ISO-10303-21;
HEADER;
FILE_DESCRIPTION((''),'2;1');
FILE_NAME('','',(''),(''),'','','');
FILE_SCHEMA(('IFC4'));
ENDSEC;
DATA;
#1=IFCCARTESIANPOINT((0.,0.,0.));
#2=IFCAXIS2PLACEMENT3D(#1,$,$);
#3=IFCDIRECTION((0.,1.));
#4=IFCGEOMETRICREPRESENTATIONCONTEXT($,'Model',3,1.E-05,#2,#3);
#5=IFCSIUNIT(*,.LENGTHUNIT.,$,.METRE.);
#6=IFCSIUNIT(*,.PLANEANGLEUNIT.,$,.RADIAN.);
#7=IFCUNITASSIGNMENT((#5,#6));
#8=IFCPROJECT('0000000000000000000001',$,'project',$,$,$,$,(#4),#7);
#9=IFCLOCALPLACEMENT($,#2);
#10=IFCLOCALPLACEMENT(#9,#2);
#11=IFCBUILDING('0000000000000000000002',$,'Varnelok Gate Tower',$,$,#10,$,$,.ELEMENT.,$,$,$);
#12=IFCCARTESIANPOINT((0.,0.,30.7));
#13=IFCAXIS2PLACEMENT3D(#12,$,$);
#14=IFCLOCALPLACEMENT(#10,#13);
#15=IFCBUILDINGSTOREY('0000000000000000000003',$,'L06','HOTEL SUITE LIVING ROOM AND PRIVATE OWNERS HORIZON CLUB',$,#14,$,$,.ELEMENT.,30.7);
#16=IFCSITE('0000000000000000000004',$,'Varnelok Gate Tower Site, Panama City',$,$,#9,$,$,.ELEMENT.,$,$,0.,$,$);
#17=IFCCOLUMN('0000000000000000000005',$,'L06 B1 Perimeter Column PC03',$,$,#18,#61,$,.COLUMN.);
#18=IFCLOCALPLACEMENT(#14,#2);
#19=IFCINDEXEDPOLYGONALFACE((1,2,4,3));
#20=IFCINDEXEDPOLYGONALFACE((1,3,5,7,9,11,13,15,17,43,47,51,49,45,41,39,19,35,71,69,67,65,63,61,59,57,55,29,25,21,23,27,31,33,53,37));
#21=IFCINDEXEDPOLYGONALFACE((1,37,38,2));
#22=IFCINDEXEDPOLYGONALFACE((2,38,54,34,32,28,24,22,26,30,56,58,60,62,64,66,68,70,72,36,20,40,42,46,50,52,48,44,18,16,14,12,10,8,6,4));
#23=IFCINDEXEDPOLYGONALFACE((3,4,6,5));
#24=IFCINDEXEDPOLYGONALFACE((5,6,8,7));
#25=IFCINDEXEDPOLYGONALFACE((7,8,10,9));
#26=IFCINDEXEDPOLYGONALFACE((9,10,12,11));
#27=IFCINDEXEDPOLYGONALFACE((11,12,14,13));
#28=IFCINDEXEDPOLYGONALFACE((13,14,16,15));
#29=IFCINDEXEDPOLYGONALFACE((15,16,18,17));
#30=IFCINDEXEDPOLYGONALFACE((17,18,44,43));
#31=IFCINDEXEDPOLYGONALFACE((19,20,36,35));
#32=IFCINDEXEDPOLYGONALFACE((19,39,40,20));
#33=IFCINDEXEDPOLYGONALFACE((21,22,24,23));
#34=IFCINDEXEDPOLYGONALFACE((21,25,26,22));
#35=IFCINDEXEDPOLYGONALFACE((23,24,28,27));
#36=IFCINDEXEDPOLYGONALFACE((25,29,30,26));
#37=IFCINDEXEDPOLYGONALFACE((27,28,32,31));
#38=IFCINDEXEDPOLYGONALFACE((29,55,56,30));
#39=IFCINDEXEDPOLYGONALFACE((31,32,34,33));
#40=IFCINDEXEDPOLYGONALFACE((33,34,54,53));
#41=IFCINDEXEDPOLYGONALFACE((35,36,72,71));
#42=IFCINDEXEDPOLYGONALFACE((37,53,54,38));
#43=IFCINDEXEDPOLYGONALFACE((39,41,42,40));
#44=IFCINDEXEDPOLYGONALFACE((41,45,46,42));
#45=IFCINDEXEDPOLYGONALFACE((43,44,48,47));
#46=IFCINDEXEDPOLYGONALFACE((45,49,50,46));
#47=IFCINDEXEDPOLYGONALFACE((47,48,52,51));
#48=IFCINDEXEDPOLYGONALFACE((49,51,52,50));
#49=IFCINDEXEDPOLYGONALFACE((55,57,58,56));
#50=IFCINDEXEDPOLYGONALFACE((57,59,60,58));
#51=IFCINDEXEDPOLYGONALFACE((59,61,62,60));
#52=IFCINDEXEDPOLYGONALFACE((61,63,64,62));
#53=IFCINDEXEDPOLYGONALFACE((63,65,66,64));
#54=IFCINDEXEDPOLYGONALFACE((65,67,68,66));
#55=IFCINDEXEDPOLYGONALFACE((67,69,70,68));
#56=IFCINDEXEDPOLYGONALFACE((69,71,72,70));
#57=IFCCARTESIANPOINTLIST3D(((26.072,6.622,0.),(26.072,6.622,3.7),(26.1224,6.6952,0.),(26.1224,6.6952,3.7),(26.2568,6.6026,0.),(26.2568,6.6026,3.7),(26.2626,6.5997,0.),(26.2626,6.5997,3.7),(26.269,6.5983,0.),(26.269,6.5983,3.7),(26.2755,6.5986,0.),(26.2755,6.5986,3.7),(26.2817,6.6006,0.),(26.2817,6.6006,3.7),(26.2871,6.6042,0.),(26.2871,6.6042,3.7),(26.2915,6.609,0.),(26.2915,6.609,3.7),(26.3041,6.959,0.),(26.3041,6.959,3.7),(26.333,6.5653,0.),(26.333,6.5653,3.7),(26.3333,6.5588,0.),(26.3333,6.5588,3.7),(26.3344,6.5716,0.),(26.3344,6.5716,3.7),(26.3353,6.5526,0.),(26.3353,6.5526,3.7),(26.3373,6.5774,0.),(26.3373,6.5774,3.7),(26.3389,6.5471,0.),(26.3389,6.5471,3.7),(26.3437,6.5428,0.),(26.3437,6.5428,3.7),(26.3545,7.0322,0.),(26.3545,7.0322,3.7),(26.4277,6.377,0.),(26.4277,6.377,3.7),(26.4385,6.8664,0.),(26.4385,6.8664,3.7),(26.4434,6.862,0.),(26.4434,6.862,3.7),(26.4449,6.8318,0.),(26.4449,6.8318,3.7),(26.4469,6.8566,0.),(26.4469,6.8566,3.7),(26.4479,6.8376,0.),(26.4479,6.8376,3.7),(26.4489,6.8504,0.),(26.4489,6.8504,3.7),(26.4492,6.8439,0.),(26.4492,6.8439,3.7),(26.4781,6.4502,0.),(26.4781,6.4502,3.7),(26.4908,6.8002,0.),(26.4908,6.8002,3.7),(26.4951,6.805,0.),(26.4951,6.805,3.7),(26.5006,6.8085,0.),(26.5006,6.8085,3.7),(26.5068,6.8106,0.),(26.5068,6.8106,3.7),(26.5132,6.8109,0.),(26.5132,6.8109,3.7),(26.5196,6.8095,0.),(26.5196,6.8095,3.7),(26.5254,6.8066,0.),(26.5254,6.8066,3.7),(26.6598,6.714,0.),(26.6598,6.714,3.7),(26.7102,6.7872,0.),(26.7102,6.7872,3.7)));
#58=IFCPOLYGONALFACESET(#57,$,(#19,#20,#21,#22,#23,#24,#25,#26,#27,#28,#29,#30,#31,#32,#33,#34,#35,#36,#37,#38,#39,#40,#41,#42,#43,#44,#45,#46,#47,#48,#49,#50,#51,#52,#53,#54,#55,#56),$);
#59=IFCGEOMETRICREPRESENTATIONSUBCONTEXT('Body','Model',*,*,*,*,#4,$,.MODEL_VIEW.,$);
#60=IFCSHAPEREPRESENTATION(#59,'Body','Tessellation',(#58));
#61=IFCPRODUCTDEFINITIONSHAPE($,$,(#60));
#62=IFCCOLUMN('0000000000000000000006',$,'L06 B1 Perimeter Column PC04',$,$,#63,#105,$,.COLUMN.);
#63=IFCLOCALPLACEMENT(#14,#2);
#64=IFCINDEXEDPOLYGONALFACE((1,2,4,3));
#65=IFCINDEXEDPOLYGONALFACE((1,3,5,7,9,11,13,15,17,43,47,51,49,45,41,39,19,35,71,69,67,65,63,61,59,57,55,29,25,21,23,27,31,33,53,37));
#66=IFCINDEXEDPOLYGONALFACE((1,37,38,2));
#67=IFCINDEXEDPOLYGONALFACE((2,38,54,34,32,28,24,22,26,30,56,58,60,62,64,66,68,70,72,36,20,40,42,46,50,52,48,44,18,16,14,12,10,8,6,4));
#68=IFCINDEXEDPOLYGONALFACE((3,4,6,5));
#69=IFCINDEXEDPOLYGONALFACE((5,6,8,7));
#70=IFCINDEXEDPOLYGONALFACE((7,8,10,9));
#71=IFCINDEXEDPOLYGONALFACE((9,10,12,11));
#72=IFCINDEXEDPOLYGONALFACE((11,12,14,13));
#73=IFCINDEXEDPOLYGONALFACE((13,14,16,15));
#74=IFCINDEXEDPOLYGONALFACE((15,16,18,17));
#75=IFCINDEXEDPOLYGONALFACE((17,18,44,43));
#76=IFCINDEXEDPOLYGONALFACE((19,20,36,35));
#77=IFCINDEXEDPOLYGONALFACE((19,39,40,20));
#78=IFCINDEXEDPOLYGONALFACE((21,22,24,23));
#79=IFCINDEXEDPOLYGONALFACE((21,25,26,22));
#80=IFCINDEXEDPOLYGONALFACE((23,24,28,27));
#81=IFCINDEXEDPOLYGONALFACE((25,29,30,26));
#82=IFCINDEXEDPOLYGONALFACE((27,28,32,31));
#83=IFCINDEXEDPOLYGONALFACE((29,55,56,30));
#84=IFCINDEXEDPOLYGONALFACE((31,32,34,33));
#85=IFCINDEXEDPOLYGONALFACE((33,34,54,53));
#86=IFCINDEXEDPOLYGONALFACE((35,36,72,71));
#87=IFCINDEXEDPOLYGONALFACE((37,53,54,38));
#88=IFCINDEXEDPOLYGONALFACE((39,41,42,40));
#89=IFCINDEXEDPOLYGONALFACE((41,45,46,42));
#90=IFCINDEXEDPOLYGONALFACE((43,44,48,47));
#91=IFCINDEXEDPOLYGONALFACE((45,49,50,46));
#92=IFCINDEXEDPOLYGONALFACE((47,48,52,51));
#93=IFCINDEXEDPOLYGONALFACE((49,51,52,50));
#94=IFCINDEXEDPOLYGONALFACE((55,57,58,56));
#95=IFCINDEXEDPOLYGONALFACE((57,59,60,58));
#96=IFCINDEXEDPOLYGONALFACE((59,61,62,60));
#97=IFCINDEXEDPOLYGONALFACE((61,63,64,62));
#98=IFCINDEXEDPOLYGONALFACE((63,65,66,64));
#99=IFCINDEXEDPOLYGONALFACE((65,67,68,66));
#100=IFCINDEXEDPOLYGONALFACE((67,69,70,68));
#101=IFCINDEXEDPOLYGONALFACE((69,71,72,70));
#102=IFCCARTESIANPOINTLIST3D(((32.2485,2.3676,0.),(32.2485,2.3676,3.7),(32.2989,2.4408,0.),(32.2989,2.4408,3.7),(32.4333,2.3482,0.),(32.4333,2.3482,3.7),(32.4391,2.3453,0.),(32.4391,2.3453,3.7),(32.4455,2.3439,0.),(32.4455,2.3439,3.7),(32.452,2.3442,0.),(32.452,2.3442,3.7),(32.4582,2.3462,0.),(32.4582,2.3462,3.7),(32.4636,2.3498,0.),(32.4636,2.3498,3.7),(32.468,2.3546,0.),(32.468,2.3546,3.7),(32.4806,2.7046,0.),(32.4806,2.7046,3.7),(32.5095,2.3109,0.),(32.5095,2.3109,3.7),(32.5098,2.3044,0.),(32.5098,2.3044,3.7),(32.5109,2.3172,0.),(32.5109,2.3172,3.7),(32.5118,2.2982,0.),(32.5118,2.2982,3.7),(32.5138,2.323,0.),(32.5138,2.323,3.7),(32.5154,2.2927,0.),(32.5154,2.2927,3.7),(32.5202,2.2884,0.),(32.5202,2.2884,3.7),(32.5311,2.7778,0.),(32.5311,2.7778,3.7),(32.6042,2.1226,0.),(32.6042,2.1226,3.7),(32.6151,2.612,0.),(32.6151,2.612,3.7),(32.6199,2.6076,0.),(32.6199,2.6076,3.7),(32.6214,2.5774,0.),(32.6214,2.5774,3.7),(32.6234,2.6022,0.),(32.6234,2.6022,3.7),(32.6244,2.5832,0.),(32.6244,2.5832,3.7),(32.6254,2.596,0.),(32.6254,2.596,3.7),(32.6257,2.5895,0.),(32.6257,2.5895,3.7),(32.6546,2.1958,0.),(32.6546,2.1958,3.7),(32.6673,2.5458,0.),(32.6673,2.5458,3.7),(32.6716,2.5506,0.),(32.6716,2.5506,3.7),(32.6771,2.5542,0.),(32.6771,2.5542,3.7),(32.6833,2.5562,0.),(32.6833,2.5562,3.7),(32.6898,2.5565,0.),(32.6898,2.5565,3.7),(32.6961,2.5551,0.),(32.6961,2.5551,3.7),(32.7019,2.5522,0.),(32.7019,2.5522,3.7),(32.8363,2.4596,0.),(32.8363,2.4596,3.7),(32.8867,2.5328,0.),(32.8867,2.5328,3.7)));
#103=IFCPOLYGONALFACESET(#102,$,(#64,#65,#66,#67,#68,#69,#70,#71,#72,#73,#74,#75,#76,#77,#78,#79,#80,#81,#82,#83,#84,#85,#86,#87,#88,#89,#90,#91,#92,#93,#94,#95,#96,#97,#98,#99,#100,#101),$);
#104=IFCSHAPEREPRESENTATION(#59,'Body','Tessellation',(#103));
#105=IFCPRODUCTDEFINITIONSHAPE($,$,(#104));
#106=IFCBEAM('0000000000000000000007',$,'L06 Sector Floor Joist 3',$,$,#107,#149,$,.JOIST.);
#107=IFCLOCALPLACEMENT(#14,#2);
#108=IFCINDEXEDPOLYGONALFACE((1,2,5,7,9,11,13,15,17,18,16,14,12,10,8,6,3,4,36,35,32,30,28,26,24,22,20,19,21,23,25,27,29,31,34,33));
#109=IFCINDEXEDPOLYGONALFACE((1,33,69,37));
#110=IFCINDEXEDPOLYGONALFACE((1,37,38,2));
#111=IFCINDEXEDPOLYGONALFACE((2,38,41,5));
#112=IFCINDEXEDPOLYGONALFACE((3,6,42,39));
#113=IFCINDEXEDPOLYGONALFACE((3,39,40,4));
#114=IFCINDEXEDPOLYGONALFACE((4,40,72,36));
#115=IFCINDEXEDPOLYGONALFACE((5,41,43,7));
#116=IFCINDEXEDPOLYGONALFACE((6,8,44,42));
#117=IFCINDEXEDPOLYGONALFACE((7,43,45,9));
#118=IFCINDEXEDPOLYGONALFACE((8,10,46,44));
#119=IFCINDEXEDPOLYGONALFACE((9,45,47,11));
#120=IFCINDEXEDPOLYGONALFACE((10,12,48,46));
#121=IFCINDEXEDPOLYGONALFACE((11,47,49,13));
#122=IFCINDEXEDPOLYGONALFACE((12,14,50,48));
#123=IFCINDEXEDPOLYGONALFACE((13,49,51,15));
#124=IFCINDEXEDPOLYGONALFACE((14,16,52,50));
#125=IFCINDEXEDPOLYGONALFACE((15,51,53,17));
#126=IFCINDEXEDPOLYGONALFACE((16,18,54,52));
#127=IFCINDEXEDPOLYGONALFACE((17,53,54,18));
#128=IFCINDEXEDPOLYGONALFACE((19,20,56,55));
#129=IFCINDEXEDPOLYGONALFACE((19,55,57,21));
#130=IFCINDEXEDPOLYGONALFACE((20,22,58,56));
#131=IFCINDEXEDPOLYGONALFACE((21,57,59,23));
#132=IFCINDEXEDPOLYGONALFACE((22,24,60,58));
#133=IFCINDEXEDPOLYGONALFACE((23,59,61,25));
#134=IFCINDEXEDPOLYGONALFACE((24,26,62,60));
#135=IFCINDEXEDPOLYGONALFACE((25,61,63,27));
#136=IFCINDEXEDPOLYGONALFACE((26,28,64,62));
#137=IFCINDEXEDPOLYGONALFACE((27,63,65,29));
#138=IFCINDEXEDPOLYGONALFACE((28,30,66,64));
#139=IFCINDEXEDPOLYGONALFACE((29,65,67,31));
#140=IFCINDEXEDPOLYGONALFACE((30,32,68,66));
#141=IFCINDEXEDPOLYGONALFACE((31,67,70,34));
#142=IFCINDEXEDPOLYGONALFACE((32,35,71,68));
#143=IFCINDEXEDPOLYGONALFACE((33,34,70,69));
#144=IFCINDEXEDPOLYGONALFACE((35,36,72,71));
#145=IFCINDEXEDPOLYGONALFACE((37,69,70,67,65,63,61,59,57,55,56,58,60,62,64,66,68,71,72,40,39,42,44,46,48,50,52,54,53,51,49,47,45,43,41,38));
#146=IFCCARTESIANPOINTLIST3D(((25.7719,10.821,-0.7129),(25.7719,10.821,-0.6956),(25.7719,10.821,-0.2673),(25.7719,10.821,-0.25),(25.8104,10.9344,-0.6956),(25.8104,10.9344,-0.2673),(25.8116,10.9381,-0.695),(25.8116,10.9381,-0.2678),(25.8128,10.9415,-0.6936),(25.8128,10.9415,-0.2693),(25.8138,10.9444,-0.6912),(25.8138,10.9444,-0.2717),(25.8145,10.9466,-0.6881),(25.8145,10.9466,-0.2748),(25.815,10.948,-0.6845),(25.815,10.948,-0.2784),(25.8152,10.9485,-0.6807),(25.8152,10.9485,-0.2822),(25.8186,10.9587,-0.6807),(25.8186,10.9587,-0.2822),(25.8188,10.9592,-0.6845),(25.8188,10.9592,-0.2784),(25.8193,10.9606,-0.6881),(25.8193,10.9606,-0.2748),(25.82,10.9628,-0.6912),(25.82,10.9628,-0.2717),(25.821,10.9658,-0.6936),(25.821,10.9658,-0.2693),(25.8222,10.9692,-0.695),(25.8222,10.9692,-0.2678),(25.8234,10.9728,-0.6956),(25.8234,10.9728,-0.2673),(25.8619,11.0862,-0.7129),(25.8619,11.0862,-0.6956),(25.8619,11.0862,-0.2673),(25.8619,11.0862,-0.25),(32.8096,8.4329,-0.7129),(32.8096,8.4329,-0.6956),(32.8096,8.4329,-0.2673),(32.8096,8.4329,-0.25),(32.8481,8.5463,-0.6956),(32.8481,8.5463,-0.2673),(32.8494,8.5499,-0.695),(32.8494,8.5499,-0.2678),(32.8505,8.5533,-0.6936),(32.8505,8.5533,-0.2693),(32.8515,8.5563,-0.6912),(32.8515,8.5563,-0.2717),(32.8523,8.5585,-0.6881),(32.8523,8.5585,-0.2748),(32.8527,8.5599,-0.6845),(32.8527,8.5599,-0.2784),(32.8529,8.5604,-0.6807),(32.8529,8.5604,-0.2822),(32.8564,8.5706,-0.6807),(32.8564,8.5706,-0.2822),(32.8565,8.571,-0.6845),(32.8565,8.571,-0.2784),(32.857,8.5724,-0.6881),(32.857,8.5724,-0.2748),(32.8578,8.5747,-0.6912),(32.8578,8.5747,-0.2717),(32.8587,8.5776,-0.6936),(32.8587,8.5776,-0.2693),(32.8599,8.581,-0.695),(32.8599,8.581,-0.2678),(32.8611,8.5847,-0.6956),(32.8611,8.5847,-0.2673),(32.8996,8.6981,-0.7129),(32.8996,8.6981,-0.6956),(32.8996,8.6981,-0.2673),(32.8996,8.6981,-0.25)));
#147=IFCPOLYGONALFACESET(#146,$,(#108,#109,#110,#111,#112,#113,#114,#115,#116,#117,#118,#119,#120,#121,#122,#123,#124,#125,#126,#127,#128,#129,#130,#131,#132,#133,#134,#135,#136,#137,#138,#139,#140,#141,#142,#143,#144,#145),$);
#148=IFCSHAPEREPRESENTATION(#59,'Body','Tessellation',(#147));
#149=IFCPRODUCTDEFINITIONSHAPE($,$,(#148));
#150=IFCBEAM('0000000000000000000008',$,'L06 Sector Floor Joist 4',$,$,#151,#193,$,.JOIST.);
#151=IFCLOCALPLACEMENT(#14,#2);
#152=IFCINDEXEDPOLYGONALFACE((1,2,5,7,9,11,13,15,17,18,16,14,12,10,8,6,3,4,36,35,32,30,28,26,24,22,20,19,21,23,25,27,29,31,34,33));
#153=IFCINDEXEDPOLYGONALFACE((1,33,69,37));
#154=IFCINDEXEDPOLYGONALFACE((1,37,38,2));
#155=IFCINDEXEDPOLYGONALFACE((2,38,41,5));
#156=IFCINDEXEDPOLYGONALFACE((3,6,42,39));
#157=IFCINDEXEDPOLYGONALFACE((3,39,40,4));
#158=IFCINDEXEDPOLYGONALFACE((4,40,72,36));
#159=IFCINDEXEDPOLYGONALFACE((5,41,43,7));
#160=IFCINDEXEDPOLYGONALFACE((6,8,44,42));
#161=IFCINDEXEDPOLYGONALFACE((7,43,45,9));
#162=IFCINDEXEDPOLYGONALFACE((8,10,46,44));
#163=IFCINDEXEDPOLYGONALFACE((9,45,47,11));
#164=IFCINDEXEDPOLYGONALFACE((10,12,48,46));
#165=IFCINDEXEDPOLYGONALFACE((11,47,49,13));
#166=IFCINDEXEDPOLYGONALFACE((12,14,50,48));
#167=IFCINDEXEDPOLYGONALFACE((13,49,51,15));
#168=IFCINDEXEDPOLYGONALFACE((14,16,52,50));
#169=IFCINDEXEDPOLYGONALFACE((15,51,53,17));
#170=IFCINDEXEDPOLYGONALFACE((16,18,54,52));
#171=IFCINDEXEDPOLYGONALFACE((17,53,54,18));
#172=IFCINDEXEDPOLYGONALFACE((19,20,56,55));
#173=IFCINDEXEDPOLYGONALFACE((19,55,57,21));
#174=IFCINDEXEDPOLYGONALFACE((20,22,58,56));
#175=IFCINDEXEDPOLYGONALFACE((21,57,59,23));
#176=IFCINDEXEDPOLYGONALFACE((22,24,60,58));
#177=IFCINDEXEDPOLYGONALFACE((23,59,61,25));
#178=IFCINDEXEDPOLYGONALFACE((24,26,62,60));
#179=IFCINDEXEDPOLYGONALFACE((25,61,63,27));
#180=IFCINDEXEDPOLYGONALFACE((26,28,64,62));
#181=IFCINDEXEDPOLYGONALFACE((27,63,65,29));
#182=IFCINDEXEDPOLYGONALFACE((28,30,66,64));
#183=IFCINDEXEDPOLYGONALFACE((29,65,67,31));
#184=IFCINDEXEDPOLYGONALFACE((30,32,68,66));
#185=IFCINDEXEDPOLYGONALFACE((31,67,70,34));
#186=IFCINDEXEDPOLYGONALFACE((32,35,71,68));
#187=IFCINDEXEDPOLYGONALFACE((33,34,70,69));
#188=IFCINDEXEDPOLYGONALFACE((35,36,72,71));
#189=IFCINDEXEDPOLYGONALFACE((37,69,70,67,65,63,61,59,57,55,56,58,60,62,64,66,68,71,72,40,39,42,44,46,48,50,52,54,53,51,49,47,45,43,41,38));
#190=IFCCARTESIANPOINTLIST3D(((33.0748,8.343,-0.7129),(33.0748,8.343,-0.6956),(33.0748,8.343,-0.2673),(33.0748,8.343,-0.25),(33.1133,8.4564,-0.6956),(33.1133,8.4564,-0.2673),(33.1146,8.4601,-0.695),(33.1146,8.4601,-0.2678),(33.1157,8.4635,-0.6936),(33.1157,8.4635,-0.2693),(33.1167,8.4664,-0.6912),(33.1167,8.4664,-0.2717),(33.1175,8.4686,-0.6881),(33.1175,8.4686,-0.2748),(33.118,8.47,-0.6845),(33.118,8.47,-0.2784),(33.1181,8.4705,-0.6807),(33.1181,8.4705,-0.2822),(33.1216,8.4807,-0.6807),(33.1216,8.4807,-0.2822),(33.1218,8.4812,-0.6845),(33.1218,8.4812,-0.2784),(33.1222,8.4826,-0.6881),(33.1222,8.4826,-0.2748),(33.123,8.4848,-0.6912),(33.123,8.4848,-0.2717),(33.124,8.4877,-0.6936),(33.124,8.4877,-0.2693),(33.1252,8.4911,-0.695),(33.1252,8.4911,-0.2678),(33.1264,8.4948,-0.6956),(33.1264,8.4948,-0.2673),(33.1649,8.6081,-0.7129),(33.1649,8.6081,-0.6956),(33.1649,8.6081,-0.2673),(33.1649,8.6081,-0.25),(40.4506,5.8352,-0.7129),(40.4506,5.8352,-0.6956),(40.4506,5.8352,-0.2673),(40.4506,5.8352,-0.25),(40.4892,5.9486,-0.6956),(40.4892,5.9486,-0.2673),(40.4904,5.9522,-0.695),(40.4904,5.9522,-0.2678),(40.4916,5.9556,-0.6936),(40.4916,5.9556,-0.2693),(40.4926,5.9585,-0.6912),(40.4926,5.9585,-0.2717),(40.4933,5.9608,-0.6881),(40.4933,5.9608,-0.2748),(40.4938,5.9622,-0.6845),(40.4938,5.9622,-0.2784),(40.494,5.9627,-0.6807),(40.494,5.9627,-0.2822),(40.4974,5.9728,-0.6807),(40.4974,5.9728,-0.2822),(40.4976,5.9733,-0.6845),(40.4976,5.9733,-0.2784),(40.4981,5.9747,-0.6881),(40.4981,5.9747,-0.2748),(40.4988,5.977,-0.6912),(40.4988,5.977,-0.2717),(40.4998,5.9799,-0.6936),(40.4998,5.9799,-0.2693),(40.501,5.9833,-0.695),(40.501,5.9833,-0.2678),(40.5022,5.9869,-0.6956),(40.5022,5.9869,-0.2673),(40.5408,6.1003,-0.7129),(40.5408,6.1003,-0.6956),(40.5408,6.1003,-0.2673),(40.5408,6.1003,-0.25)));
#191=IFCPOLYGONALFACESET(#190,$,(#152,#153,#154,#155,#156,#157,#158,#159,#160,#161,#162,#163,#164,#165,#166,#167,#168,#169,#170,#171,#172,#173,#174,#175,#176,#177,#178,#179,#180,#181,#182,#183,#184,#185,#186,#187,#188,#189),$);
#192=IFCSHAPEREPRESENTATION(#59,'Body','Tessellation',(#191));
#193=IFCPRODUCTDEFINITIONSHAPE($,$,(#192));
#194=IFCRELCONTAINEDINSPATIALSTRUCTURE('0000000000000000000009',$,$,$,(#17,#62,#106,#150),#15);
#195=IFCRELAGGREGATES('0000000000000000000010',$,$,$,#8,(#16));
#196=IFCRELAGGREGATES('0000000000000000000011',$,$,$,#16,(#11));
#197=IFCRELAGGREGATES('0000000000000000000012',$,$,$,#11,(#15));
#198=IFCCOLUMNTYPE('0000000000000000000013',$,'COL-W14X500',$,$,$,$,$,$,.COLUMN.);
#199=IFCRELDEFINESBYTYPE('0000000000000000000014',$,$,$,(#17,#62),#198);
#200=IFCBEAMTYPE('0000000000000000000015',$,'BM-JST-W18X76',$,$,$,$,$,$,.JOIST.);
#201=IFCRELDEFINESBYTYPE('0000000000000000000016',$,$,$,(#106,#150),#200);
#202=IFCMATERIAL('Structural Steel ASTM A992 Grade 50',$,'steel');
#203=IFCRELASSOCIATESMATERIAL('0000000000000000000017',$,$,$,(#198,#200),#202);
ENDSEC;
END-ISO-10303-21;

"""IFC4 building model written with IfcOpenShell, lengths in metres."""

from ifc_helpers import new_model, si_unit, direction, frame, origin, origin_2d, place, context, subcontext, project, spatial, i_section, extrude, material, material_profile, profile_set, type_object, element, save


model = new_model("IFC4")

# Units and contexts
model_context = context("Model", 3, precision=1e-05, world=origin(), true_north=direction((0.0, 1.0)))
body_context = subcontext(model_context, "Body", "Model", "MODEL_VIEW")
ifc_project = project(units=[si_unit("LENGTHUNIT", "METRE"), si_unit("PLANEANGLEUNIT", "RADIAN")], contexts=[model_context])

# Site, building, storey
site_placement = place(None, origin())
site = spatial("IfcSite", under=ifc_project, at=site_placement, Name="Varnelok Gate Tower Site, Panama City", CompositionType="ELEMENT", RefElevation=0.0)
building_placement = place(site_placement, origin())
building = spatial("IfcBuilding", under=site, at=building_placement, Name="Varnelok Gate Tower", CompositionType="ELEMENT")
storey_placement = place(building_placement, frame((0.0, 0.0, 30.7)))
storey = spatial("IfcBuildingStorey", under=building, at=storey_placement, Name="L06", Description="HOTEL SUITE LIVING ROOM AND PRIVATE OWNERS HORIZON CLUB", CompositionType="ELEMENT", Elevation=30.7)

# Columns
ifc_material_1 = material(Name="Structural Steel ASTM A992 Grade 50", Category="steel")
ifc_material_profile_1 = material_profile(ifc_material_1, i_section(OverallWidth=0.4319, OverallDepth=0.498, WebThickness=0.0557, FlangeThickness=0.0889, FilletRadius=0.0249, at=origin_2d()), Name="W14X500")
ifc_profile_set_1 = profile_set([ifc_material_profile_1], Name="Structural Steel ASTM A992 Grade 50")
column_type = type_object("IfcColumnType", Name="COL-W14X500", PredefinedType="COLUMN", material=ifc_profile_set_1)
for number, where, z_axis, x_axis, name in (
    (1, (26.3911, 6.7046, 0.0), (0.0, 0.0, 1.0), (0.823533, -0.567269, 0.0), "L06 B1 Perimeter Column PC03"),
    (2, (32.5676, 2.4502, 0.0), (0.0, 0.0, 1.0), (0.823533, -0.567269, 0.0), "L06 B1 Perimeter Column PC04"),
):
    element("IfcColumn", number, at=place(storey_placement, frame(where, z_axis=z_axis, x_axis=x_axis)), inside=storey, type_object=column_type, Name=name, PredefinedType="COLUMN", context=body_context, shape_type="SweptSolid", body=[
        extrude(i_section(OverallWidth=0.4319, OverallDepth=0.498, WebThickness=0.0557, FlangeThickness=0.0889, FilletRadius=0.0249, at=origin_2d()), origin(), (0.0, 0.0, 1.0), 3.7),
    ])

# Beams
ifc_material_profile_2 = material_profile(ifc_material_1, i_section(OverallWidth=0.28, OverallDepth=0.4629, WebThickness=0.0107, FlangeThickness=0.0173, FilletRadius=0.0149, at=origin_2d()), Name="W18X76")
ifc_profile_set_2 = profile_set([ifc_material_profile_2], Name="Structural Steel ASTM A992 Grade 50")
beam_type_1 = type_object("IfcBeamType", Name="BM-JST-W18X76", PredefinedType="JOIST", material=ifc_profile_set_2)
beam_1_placement = place(storey_placement, frame((25.8169, 10.9536, -0.4814), z_axis=(0.946965, -0.321338, 0.0), x_axis=(0.321338, 0.946965, 0.0)))
element("IfcBeam", 3, at=beam_1_placement, inside=storey, type_object=beam_type_1, Name="L06 Sector Floor Joist 3", PredefinedType="JOIST", context=body_context, shape_type="SweptSolid", body=[
    extrude(i_section(OverallWidth=0.28, OverallDepth=0.4629, WebThickness=0.0107, FlangeThickness=0.0173, FilletRadius=0.0149, at=origin_2d()), origin(), (0.0, 0.0, 1.0), 7.4319),
])
beam_2_placement = place(storey_placement, frame((33.1199, 8.4756, -0.4814), z_axis=(0.94677, -0.32191, 0.0), x_axis=(0.32191, 0.94677, 0.0)))
element("IfcBeam", 4, at=beam_2_placement, inside=storey, type_object=beam_type_1, Name="L06 Sector Floor Joist 4", PredefinedType="JOIST", context=body_context, shape_type="SweptSolid", body=[
    extrude(i_section(OverallWidth=0.28, OverallDepth=0.4629, WebThickness=0.0107, FlangeThickness=0.0173, FilletRadius=0.0149, at=origin_2d()), origin(), (0.0, 0.0, 1.0), 7.7905),
])

save(model, "model.ifc")
